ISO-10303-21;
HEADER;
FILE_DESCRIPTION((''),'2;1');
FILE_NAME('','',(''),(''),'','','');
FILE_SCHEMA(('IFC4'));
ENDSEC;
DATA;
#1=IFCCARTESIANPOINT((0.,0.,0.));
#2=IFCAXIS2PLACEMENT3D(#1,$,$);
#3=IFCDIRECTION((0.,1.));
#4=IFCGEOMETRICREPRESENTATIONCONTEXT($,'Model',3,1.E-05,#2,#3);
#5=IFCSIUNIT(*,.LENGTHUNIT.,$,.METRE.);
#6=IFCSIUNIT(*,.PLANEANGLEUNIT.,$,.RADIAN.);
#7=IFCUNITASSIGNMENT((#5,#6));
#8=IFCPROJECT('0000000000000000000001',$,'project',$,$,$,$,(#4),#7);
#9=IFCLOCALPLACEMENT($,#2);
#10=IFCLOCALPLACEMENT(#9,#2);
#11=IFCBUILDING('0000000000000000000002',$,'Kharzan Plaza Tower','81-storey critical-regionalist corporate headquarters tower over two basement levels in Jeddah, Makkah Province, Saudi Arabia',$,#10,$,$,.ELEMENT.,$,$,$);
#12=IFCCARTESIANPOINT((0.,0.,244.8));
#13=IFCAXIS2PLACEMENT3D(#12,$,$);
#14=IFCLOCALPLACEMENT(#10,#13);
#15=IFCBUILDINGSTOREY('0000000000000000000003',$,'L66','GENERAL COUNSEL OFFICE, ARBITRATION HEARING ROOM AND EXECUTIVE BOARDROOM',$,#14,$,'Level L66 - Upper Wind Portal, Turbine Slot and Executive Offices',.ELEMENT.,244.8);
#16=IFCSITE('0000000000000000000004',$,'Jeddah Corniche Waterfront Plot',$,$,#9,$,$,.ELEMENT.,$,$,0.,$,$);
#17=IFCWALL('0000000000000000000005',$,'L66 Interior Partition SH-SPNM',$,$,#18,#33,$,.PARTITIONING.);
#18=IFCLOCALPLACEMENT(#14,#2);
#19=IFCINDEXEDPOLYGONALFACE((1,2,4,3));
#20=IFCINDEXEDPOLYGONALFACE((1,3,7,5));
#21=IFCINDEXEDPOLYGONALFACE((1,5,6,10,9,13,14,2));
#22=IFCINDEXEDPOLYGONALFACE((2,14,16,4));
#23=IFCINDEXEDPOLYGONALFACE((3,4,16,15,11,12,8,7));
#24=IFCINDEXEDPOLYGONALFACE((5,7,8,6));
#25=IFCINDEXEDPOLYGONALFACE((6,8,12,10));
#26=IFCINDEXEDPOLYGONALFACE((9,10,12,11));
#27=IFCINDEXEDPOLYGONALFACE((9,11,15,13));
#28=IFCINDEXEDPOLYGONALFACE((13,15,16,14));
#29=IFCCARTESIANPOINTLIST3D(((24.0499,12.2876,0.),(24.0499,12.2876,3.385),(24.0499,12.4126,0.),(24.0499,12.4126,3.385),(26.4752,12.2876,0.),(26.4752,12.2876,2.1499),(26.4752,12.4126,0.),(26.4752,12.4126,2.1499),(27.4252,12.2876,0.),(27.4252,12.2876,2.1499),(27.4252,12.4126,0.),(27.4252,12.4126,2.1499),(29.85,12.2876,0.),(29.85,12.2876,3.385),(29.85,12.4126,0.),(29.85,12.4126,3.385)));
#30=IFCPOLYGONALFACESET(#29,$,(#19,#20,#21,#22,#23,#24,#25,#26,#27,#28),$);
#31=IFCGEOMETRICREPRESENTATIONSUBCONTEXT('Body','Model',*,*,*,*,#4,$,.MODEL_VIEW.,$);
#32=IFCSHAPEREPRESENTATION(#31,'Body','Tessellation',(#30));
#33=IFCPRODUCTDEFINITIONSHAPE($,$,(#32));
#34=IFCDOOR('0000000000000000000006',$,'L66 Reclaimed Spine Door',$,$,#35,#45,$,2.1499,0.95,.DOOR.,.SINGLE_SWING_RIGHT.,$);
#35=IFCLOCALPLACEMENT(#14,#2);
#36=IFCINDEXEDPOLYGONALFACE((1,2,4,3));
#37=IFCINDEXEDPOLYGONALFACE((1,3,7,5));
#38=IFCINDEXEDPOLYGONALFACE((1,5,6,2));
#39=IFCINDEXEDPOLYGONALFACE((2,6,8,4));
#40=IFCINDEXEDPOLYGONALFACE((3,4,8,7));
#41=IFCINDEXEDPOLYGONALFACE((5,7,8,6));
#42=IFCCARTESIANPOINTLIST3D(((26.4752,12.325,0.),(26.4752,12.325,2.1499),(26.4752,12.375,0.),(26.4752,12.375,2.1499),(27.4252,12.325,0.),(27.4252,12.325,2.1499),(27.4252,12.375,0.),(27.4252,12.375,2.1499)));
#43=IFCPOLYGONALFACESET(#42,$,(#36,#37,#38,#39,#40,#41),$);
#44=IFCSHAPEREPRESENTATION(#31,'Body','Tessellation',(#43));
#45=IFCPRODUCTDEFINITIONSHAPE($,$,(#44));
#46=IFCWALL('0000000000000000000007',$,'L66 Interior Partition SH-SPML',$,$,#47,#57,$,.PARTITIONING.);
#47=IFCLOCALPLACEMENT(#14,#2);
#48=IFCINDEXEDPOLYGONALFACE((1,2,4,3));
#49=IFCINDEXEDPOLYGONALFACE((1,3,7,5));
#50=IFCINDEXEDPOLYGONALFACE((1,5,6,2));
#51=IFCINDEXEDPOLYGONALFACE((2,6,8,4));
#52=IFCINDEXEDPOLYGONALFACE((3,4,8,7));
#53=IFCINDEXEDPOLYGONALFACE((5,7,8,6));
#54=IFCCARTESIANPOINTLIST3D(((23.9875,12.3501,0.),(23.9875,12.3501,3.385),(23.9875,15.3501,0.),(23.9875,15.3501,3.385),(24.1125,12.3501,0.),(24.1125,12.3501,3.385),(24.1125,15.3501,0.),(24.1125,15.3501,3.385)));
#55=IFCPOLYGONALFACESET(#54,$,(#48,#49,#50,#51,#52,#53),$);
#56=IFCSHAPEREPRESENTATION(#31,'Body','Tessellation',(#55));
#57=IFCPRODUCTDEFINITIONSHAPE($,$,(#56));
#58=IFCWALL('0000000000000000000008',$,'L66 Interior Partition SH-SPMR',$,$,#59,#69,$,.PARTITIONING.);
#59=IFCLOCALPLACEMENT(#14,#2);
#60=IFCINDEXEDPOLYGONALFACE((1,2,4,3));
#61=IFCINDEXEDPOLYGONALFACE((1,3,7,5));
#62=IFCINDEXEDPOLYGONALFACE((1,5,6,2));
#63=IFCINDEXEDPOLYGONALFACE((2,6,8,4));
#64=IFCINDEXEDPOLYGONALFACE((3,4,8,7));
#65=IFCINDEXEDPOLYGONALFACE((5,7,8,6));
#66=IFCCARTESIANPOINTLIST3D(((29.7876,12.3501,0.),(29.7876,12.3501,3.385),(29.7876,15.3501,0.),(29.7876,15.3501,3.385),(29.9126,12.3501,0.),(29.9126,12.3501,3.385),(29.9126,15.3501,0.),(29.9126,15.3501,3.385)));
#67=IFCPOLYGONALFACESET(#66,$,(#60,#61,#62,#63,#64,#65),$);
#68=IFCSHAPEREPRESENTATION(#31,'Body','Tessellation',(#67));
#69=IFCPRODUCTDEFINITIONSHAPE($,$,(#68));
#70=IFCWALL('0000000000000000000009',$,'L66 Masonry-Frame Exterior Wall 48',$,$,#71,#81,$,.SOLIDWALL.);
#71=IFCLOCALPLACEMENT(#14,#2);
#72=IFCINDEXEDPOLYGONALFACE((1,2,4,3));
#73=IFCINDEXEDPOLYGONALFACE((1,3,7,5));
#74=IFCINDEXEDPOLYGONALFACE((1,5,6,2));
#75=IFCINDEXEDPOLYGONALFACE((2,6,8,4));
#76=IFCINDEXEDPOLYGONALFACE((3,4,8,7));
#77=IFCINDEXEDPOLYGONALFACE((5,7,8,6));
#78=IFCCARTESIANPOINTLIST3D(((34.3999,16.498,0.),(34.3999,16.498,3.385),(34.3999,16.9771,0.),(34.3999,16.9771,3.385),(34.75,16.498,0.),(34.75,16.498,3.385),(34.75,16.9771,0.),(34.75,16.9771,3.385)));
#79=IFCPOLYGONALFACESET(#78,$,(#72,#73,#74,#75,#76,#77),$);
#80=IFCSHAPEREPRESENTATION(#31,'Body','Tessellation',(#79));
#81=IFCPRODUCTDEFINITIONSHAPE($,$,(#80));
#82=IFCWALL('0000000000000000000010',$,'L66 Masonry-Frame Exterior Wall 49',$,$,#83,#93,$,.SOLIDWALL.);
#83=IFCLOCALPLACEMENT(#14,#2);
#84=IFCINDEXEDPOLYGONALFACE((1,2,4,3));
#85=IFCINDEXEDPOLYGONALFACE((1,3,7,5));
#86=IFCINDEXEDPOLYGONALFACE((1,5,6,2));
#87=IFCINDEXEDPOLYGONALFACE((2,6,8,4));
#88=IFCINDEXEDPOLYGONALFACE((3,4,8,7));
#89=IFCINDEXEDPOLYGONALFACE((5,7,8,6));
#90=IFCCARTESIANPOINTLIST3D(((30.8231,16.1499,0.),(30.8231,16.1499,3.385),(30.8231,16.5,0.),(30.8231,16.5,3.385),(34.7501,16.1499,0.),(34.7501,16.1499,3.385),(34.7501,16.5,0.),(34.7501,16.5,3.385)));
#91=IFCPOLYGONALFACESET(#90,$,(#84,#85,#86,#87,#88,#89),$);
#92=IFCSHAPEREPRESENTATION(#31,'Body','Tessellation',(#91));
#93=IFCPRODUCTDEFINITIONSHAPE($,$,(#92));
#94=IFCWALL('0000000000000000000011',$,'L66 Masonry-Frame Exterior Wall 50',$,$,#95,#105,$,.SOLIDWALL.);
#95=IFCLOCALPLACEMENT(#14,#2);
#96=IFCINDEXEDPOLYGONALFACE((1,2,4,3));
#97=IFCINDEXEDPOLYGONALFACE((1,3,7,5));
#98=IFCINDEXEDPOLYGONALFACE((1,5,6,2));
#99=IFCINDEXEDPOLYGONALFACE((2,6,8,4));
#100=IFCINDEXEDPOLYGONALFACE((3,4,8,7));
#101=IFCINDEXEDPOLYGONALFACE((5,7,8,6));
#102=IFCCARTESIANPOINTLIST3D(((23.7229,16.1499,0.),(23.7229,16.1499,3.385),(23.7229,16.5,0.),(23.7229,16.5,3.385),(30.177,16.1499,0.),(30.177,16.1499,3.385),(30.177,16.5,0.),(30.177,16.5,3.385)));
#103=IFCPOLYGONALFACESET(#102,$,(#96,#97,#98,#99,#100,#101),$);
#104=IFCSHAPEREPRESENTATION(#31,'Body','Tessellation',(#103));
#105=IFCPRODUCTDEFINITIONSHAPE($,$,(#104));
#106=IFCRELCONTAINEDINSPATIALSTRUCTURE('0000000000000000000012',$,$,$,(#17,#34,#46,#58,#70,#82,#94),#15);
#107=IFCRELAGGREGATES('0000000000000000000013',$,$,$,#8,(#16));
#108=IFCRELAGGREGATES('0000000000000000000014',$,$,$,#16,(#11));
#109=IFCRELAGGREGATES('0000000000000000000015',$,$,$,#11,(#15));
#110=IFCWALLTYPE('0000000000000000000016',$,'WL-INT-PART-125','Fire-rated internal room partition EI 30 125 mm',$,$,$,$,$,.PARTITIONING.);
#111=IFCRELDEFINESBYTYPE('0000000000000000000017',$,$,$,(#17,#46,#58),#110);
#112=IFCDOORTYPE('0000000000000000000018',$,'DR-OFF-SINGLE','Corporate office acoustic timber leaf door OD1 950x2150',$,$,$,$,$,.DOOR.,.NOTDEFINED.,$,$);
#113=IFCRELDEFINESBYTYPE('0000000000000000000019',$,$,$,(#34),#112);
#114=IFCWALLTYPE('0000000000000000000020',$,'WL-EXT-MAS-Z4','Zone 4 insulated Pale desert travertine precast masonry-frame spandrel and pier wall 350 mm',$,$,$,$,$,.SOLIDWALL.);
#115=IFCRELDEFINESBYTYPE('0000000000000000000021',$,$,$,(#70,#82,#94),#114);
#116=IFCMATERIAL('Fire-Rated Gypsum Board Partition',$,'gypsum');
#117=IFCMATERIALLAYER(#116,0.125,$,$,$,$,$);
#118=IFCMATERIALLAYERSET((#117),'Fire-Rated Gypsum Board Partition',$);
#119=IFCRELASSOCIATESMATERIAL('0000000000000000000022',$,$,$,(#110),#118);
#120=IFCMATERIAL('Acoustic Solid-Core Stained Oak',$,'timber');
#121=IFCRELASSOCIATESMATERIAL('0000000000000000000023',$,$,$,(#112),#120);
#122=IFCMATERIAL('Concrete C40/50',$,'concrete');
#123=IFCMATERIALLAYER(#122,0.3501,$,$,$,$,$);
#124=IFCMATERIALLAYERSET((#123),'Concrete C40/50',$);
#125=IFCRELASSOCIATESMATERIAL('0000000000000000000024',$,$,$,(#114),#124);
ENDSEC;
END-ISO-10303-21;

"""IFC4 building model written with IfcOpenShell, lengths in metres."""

from ifc_helpers import new_model, si_unit, direction, frame, frame_2d, origin, place, context, subcontext, project, spatial, rectangle, extrude, source, transform, mapped, material, layer, layer_set, type_object, element, fill, save


model = new_model("IFC4")

# Units and contexts
model_context = context("Model", 3, precision=1e-05, world=origin(), true_north=direction((0.0, 1.0)))
body_context = subcontext(model_context, "Body", "Model", "MODEL_VIEW")
ifc_project = project(units=[si_unit("LENGTHUNIT", "METRE"), si_unit("PLANEANGLEUNIT", "RADIAN")], contexts=[model_context])

# Site, building, storey
site_placement = place(None, origin())
site = spatial("IfcSite", under=ifc_project, at=site_placement, Name="Jeddah Corniche Waterfront Plot", CompositionType="ELEMENT", RefElevation=0.0)
building_placement = place(site_placement, origin())
building = spatial("IfcBuilding", under=site, at=building_placement, Name="Kharzan Plaza Tower", Description="81-storey critical-regionalist corporate headquarters tower over two basement levels in Jeddah, Makkah Province, Saudi Arabia", CompositionType="ELEMENT")
storey_placement = place(building_placement, frame((0.0, 0.0, 244.8)))
storey = spatial("IfcBuildingStorey", under=building, at=storey_placement, Name="L66", Description="GENERAL COUNSEL OFFICE, ARBITRATION HEARING ROOM AND EXECUTIVE BOARDROOM", LongName="Level L66 - Upper Wind Portal, Turbine Slot and Executive Offices", CompositionType="ELEMENT", Elevation=244.8)

# Wall, opening, door
ifc_material_1 = material(Name="Fire-Rated Gypsum Board Partition", Category="gypsum")
ifc_layer_1 = layer(ifc_material_1, 0.125)
ifc_layer_set_1 = layer_set([ifc_layer_1], Name="Fire-Rated Gypsum Board Partition")
wall_type_1 = type_object("IfcWallType", Name="WL-INT-PART-125", Description="Fire-rated internal room partition EI 30 125 mm", PredefinedType="PARTITIONING", material=ifc_layer_set_1)
ifc_material_2 = material(Name="Acoustic Solid-Core Stained Oak", Category="timber")
door_type = type_object("IfcDoorType", Name="DR-OFF-SINGLE", Description="Corporate office acoustic timber leaf door OD1 950x2150", OperationType="NOTDEFINED", PredefinedType="DOOR", material=ifc_material_2)
shared_shape_1 = source(origin(), body_context, "Body", "SweptSolid", [
    extrude(rectangle(XDim=0.95, YDim=2.1499, at=frame_2d((0.4751, 1.075))), frame((0.0, 0.0249, 0.0), z_axis=(0.0, -1.0, 0.0), x_axis=(1.0, 0.0, 0.0)), (0.0, 0.0, 1.0), 0.05),
])
wall_1_placement = place(storey_placement, frame((24.05, 12.3501, 0.0), z_axis=(0.0, 0.0, 1.0), x_axis=(1.0, 0.0, 0.0)))
wall_1 = element("IfcWall", 1, at=wall_1_placement, inside=storey, type_object=wall_type_1, Name="L66 Interior Partition SH-SPNM", PredefinedType="PARTITIONING", context=body_context, shape_type="SweptSolid", body=[
    extrude(rectangle(XDim=5.8, YDim=0.125, at=frame_2d((2.8999, 0.0))), origin(), (0.0, 0.0, 1.0), 3.385),
])
opening_1_placement = place(wall_1_placement, frame((2.425, 0.0, 0.0)))
opening_1 = element("IfcOpeningElement", 2, at=opening_1_placement, cuts=wall_1, PredefinedType="OPENING", context=body_context, shape_type="SweptSolid", body=[
    extrude(rectangle(XDim=0.95, YDim=2.1499, at=frame_2d((0.4751, 1.075))), frame((0.0, 0.0725, 0.0), z_axis=(0.0, -1.0, 0.0), x_axis=(1.0, 0.0, 0.0)), (0.0, 0.0, 1.0), 0.145),
])
door_1_placement = place(opening_1_placement, origin())
door_1 = element("IfcDoor", 3, at=door_1_placement, inside=storey, type_object=door_type, Name="L66 Reclaimed Spine Door", OperationType="SINGLE_SWING_RIGHT", OverallHeight=2.1499, OverallWidth=0.95, PredefinedType="DOOR", context=body_context, shape_type="MappedRepresentation", body=[
    mapped(shared_shape_1, transform((0.0, 0.0, 0.0), x_axis=(1.0, 0.0, 0.0), y_axis=(0.0, 1.0, 0.0), z_axis=(0.0, 0.0, 1.0))),
])
fill(opening_1, door_1)

# Walls
shared_shape_2 = source(origin(), body_context, "Body", "SweptSolid", [
    extrude(rectangle(XDim=3.0, YDim=0.125, at=frame_2d((1.5, 0.0))), origin(), (0.0, 0.0, 1.0), 3.385),
])
for number, where, z_axis, x_axis, name in (
    (4, (24.05, 12.3501, 0.0), (0.0, 0.0, 1.0), (0.0, 1.0, 0.0), "L66 Interior Partition SH-SPML"),
    (5, (29.8501, 12.3501, 0.0), (0.0, 0.0, 1.0), (0.0, 1.0, 0.0), "L66 Interior Partition SH-SPMR"),
):
    element("IfcWall", number, at=place(storey_placement, frame(where, z_axis=z_axis, x_axis=x_axis)), inside=storey, type_object=wall_type_1, Name=name, PredefinedType="PARTITIONING", context=body_context, shape_type="MappedRepresentation", body=[
        mapped(shared_shape_2, transform((0.0, 0.0, 0.0), x_axis=(1.0, 0.0, 0.0), y_axis=(0.0, 1.0, 0.0), z_axis=(0.0, 0.0, 1.0))),
    ])
ifc_material_3 = material(Name="Concrete C40/50", Category="concrete")
ifc_layer_2 = layer(ifc_material_3, 0.3501)
ifc_layer_set_2 = layer_set([ifc_layer_2], Name="Concrete C40/50")
wall_type_2 = type_object("IfcWallType", Name="WL-EXT-MAS-Z4", Description="Zone 4 insulated Pale desert travertine precast masonry-frame spandrel and pier wall 350 mm", PredefinedType="SOLIDWALL", material=ifc_layer_set_2)
shared_shape_3 = source(origin(), body_context, "Body", "SweptSolid", [
    extrude(rectangle(XDim=0.479, YDim=0.3501, at=frame_2d((0.2395, 0.0))), origin(), (0.0, 0.0, 1.0), 3.385),
])
wall_2_placement = place(storey_placement, frame((34.575, 16.9771, 0.0), z_axis=(0.0, 0.0, 1.0), x_axis=(0.0, -1.0, 0.0)))
element("IfcWall", 6, at=wall_2_placement, inside=storey, type_object=wall_type_2, Name="L66 Masonry-Frame Exterior Wall 48", PredefinedType="SOLIDWALL", context=body_context, shape_type="MappedRepresentation", body=[
    mapped(shared_shape_3, transform((0.0, 0.0, 0.0), x_axis=(1.0, 0.0, 0.0), y_axis=(0.0, 1.0, 0.0), z_axis=(0.0, 0.0, 1.0))),
])
shared_shape_4 = source(origin(), body_context, "Body", "SweptSolid", [
    extrude(rectangle(XDim=3.927, YDim=0.3501, at=frame_2d((1.9634, 0.0))), origin(), (0.0, 0.0, 1.0), 3.385),
])
wall_3_placement = place(storey_placement, frame((34.75, 16.325, 0.0), z_axis=(0.0, 0.0, 1.0), x_axis=(-1.0, 0.0, 0.0)))
element("IfcWall", 7, at=wall_3_placement, inside=storey, type_object=wall_type_2, Name="L66 Masonry-Frame Exterior Wall 49", PredefinedType="SOLIDWALL", context=body_context, shape_type="MappedRepresentation", body=[
    mapped(shared_shape_4, transform((0.0, 0.0, 0.0), x_axis=(1.0, 0.0, 0.0), y_axis=(0.0, 1.0, 0.0), z_axis=(0.0, 0.0, 1.0))),
])
shared_shape_5 = source(origin(), body_context, "Body", "SweptSolid", [
    extrude(rectangle(XDim=6.4541, YDim=0.3501, at=frame_2d((3.2271, 0.0))), origin(), (0.0, 0.0, 1.0), 3.385),
])
wall_4_placement = place(storey_placement, frame((30.177, 16.325, 0.0), z_axis=(0.0, 0.0, 1.0), x_axis=(-1.0, 0.0, 0.0)))
element("IfcWall", 8, at=wall_4_placement, inside=storey, type_object=wall_type_2, Name="L66 Masonry-Frame Exterior Wall 50", PredefinedType="SOLIDWALL", context=body_context, shape_type="MappedRepresentation", body=[
    mapped(shared_shape_5, transform((0.0, 0.0, 0.0), x_axis=(1.0, 0.0, 0.0), y_axis=(0.0, 1.0, 0.0), z_axis=(0.0, 0.0, 1.0))),
])

save(model, "model.ifc")
